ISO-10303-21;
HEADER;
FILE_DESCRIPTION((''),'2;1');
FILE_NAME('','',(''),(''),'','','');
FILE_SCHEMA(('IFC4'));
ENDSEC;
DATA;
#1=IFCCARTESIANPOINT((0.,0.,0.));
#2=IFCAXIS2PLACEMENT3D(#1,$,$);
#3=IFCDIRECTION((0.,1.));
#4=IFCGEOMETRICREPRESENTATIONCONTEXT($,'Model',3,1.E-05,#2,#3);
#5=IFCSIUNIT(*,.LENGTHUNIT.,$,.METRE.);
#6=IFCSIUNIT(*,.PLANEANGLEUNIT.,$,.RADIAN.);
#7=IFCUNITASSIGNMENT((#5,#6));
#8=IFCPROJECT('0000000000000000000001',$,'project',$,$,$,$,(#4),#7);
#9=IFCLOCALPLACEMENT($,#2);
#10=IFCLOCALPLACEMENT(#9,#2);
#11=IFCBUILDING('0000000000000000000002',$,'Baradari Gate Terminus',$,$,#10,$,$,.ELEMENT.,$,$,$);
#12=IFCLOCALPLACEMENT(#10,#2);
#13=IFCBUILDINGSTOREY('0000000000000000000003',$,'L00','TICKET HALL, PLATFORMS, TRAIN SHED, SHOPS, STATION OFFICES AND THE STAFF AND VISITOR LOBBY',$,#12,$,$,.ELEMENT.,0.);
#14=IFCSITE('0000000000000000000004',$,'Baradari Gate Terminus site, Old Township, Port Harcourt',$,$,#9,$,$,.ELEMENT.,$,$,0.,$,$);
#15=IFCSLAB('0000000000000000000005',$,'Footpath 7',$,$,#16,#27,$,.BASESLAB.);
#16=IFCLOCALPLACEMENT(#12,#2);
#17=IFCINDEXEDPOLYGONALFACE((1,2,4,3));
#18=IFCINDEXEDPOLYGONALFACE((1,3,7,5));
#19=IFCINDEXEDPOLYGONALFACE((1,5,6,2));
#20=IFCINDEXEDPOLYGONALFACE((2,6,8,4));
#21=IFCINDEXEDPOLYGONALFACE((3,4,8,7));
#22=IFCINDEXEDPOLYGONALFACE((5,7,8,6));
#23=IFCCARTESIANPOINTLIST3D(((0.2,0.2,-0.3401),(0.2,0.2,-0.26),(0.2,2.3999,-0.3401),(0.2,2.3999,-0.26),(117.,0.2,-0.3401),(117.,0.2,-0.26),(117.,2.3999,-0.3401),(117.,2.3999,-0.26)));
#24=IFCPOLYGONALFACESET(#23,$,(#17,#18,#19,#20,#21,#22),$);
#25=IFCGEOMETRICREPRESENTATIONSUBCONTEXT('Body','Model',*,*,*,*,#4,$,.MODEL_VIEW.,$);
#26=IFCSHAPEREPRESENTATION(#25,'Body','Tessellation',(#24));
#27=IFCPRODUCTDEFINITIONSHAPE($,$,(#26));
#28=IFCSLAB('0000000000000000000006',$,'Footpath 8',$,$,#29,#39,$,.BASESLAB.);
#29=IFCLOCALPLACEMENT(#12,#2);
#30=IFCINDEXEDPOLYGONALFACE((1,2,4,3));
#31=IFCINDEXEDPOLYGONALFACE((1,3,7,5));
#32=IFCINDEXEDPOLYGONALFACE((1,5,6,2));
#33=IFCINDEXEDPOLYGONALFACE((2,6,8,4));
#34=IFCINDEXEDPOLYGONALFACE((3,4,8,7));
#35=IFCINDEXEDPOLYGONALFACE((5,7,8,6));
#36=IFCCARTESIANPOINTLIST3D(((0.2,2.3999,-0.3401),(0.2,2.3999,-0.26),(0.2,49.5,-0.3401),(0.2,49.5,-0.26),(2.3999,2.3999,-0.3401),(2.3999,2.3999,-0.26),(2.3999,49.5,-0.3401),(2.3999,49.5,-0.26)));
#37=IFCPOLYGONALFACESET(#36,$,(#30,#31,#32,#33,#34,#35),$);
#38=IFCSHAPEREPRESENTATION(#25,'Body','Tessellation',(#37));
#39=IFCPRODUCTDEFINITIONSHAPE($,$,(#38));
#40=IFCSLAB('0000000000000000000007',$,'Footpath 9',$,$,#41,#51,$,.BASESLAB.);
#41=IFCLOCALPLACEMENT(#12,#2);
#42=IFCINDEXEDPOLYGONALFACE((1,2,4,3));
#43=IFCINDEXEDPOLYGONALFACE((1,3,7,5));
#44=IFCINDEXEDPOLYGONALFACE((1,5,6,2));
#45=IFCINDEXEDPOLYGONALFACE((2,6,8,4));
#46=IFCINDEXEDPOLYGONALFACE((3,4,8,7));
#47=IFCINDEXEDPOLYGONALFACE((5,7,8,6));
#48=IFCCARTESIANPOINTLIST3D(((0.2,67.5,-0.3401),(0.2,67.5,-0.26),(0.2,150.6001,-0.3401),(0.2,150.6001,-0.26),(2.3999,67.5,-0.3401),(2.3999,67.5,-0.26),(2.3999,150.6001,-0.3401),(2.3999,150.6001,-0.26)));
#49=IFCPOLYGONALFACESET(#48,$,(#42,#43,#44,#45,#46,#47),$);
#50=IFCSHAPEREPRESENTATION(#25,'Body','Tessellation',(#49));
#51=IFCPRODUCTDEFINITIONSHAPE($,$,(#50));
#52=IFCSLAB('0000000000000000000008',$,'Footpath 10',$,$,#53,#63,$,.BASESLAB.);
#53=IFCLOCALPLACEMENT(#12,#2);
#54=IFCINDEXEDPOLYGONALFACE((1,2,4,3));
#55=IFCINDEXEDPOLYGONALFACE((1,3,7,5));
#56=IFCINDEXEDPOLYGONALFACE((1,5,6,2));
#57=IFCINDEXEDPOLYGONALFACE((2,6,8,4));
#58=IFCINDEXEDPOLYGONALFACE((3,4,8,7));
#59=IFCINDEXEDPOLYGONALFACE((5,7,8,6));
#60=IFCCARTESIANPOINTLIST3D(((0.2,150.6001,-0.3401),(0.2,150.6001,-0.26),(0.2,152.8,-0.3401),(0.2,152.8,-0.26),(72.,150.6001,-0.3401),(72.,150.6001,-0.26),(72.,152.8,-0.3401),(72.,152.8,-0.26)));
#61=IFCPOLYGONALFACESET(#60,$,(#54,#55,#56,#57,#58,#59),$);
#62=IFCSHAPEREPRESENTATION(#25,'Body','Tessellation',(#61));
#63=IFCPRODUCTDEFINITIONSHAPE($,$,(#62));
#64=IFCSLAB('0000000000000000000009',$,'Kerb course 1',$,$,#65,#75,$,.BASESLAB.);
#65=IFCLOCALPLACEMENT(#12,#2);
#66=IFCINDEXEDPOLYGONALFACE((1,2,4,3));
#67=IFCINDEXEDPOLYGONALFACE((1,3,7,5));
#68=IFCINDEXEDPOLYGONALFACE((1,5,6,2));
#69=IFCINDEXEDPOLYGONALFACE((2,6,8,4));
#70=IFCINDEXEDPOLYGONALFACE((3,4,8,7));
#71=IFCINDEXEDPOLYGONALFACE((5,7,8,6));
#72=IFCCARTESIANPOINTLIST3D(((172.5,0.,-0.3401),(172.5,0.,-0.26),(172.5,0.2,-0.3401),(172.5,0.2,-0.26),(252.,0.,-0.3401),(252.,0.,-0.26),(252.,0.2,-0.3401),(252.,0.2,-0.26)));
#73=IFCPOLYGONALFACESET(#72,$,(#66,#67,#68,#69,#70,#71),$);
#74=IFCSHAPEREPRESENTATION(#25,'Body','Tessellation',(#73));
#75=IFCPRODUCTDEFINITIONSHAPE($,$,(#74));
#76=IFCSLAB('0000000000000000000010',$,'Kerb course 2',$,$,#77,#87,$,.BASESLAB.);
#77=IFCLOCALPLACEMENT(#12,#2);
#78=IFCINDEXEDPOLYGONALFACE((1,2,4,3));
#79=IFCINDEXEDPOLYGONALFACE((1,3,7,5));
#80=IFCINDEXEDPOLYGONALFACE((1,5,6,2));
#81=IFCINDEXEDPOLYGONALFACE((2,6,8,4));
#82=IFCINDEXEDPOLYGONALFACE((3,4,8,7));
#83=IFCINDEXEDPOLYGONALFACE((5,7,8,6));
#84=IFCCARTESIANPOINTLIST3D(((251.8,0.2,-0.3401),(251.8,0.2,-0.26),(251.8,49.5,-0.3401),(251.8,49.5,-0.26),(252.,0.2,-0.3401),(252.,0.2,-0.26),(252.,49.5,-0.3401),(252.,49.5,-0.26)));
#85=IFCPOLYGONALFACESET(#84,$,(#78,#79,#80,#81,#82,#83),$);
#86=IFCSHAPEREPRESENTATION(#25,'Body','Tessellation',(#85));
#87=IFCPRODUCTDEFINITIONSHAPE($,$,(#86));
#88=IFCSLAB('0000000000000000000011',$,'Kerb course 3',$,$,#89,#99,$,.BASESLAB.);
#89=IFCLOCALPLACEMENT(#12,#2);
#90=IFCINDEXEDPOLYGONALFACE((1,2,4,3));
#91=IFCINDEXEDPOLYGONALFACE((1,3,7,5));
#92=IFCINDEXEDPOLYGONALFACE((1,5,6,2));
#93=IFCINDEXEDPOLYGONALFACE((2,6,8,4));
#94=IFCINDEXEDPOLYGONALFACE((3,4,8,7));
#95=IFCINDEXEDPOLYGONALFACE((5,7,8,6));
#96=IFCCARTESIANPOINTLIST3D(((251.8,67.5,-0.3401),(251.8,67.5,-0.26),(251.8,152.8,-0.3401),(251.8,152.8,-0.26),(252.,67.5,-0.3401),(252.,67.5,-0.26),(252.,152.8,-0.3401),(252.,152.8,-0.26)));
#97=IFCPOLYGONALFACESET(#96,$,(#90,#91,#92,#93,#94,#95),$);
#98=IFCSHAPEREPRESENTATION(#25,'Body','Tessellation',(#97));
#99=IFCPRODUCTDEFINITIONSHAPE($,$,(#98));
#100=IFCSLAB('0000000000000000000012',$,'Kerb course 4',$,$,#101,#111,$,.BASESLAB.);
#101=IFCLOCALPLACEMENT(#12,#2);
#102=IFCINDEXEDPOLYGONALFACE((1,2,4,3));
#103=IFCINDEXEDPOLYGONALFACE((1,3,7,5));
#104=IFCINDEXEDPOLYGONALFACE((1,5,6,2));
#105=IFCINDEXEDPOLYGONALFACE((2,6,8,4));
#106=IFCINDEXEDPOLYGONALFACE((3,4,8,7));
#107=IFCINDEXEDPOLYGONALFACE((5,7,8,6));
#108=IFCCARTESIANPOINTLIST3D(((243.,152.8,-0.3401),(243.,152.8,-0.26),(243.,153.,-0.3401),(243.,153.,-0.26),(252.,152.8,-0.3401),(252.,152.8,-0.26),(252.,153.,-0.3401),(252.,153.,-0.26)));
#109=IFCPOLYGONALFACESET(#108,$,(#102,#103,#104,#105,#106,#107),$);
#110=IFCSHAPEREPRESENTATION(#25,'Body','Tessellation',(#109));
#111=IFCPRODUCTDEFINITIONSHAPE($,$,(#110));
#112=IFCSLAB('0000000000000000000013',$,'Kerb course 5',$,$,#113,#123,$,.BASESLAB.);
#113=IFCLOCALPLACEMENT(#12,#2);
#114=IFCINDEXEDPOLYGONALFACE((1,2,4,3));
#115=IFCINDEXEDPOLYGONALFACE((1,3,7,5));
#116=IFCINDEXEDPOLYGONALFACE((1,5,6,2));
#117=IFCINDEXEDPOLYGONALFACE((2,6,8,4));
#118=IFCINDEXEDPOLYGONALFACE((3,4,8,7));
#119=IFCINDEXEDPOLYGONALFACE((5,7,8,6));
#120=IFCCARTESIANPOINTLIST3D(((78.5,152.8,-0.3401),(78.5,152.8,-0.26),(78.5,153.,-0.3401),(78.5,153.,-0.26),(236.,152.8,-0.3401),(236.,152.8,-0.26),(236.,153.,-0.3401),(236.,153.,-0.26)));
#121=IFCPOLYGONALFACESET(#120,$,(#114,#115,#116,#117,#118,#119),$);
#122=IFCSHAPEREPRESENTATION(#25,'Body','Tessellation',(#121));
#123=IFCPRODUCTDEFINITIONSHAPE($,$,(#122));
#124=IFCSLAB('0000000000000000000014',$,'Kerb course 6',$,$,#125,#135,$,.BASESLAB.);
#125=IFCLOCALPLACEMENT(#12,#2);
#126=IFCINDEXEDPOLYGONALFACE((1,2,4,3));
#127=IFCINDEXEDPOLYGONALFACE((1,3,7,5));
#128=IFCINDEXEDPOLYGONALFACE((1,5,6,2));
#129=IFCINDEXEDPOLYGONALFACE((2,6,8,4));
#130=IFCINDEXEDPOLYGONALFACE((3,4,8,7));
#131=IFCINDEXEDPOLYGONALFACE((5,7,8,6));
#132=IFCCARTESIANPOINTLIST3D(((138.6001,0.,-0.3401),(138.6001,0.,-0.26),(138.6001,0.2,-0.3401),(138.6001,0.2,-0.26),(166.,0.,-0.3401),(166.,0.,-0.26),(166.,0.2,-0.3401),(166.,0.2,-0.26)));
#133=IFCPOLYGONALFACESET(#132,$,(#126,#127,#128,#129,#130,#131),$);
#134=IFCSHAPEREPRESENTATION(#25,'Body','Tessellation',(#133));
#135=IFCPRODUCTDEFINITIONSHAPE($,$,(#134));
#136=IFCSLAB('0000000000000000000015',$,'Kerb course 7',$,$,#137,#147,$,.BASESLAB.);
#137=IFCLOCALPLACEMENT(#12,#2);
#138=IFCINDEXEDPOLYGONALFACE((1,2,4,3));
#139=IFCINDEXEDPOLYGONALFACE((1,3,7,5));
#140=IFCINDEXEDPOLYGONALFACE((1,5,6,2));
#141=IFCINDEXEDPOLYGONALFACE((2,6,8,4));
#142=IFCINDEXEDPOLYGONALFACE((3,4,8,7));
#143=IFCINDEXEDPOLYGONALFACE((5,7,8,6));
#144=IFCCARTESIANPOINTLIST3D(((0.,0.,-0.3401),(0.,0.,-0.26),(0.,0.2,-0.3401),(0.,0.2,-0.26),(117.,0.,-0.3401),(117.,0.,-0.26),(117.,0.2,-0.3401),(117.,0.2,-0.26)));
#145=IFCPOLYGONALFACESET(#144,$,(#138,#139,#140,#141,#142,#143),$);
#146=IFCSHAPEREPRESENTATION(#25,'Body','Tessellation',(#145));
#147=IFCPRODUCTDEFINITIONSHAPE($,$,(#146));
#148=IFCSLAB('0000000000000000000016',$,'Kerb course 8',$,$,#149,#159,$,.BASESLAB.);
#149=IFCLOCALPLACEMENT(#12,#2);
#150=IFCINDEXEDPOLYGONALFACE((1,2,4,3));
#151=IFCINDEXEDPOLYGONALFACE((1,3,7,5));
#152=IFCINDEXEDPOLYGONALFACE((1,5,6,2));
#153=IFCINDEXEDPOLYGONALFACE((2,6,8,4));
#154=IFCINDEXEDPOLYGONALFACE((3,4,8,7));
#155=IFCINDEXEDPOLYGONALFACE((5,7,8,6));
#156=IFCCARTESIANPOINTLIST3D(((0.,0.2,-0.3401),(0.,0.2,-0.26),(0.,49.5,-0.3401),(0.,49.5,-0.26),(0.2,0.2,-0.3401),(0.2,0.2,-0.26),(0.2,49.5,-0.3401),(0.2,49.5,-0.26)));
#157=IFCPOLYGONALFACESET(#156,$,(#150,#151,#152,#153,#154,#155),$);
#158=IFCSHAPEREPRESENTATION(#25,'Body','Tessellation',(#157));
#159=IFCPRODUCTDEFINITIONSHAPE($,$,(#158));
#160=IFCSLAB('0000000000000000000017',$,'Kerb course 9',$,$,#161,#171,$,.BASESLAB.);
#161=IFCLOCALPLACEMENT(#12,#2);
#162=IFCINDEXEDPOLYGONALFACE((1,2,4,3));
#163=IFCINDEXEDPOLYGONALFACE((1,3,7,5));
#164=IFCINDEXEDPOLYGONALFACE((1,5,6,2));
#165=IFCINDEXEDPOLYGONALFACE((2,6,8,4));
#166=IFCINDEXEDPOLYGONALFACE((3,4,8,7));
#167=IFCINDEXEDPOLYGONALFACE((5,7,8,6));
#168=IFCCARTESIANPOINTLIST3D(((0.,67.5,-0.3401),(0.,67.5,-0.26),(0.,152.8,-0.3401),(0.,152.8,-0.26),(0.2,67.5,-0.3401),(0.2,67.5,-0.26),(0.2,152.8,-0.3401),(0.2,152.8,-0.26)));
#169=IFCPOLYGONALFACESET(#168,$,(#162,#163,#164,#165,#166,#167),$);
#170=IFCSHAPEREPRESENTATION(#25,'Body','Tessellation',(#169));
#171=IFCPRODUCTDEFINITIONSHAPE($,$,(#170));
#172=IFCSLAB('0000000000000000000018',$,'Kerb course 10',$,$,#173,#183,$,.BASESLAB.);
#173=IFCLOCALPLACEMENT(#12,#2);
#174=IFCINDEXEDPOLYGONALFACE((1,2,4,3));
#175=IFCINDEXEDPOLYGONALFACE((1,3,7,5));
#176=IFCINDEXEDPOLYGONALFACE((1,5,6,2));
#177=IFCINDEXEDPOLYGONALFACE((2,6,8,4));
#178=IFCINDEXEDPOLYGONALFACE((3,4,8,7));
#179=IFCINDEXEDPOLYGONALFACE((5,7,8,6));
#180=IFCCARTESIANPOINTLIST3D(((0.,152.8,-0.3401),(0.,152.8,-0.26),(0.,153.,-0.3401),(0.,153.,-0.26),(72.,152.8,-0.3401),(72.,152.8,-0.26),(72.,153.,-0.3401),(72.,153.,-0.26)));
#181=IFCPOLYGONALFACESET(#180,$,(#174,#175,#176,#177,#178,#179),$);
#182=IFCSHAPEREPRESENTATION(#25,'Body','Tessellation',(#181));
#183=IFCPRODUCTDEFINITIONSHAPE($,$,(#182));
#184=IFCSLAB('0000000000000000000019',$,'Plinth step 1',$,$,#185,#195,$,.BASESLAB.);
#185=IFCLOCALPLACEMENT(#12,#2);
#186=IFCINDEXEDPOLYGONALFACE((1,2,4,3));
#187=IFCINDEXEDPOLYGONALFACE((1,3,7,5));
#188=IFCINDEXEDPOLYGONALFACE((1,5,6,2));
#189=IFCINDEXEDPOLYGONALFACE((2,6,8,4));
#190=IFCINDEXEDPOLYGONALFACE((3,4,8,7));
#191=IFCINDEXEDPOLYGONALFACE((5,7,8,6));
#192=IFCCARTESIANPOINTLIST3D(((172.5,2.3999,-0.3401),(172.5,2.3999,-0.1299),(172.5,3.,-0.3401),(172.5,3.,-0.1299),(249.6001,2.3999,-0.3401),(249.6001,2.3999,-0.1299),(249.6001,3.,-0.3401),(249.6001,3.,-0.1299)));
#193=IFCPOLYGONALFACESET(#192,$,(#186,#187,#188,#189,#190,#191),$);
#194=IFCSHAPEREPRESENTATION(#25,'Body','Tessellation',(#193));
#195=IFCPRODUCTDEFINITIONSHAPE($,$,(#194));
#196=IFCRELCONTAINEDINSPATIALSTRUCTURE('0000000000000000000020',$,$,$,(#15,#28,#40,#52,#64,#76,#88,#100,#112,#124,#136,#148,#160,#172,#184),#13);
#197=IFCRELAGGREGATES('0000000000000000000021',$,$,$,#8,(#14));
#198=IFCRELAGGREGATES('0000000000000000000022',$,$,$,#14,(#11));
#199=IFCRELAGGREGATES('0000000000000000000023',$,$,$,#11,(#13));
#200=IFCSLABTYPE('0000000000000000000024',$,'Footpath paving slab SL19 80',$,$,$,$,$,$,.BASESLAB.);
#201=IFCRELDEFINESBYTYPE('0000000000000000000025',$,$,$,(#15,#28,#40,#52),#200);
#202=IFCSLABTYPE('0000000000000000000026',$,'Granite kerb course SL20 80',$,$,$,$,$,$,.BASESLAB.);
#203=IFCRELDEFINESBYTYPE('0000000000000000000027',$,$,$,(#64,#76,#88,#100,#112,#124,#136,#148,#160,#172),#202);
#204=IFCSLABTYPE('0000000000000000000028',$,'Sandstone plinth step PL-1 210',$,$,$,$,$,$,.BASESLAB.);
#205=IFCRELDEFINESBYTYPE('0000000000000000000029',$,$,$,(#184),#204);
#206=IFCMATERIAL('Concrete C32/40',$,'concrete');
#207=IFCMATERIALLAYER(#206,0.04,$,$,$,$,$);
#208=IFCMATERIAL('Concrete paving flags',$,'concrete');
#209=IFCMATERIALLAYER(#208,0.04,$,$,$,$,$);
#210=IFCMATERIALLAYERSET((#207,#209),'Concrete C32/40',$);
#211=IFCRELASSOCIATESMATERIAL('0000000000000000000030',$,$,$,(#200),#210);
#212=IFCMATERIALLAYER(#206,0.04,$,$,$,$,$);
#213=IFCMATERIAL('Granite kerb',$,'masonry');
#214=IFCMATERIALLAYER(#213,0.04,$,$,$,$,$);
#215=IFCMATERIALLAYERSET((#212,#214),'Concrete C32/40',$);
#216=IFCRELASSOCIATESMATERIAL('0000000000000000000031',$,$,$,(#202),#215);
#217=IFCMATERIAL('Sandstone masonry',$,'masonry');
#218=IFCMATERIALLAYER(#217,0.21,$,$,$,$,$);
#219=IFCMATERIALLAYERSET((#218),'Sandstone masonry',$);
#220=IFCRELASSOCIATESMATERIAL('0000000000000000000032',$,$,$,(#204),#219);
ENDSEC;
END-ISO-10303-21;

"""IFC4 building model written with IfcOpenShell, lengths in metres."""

from ifc_helpers import new_model, si_unit, direction, frame, origin, place, context, subcontext, project, spatial, polyline, outline, extrude, material, layer, layer_set, type_object, element, save


model = new_model("IFC4")

# Units and contexts
model_context = context("Model", 3, precision=1e-05, world=origin(), true_north=direction((0.0, 1.0)))
body_context = subcontext(model_context, "Body", "Model", "MODEL_VIEW")
ifc_project = project(units=[si_unit("LENGTHUNIT", "METRE"), si_unit("PLANEANGLEUNIT", "RADIAN")], contexts=[model_context])

# Site, building, storey
site_placement = place(None, origin())
site = spatial("IfcSite", under=ifc_project, at=site_placement, Name="Baradari Gate Terminus site, Old Township, Port Harcourt", CompositionType="ELEMENT", RefElevation=0.0)
building_placement = place(site_placement, origin())
building = spatial("IfcBuilding", under=site, at=building_placement, Name="Baradari Gate Terminus", CompositionType="ELEMENT")
storey_placement = place(building_placement, origin())
storey = spatial("IfcBuildingStorey", under=building, at=storey_placement, Name="L00", Description="TICKET HALL, PLATFORMS, TRAIN SHED, SHOPS, STATION OFFICES AND THE STAFF AND VISITOR LOBBY", CompositionType="ELEMENT", Elevation=0.0)

# Slabs
ifc_material_1 = material(Name="Concrete C32/40", Category="concrete")
ifc_layer_1 = layer(ifc_material_1, 0.04)
ifc_material_2 = material(Name="Concrete paving flags", Category="concrete")
ifc_layer_2 = layer(ifc_material_2, 0.04)
ifc_layer_set_1 = layer_set([ifc_layer_1, ifc_layer_2], Name="Concrete C32/40")
slab_type_1 = type_object("IfcSlabType", Name="Footpath paving slab SL19 80", PredefinedType="BASESLAB", material=ifc_layer_set_1)
slab_1_placement = place(storey_placement, frame((0.0, 0.0, -0.3401)))
element("IfcSlab", 1, at=slab_1_placement, inside=storey, type_object=slab_type_1, Name="Footpath 7", PredefinedType="BASESLAB", context=body_context, shape_type="SweptSolid", body=[
    extrude(outline(polyline([(117.0, 0.2), (117.0, 2.3999), (0.2, 2.3999), (0.2, 0.2), (117.0, 0.2)])), origin(), (0.0, 0.0, 1.0), 0.0801),
])
slab_2_placement = place(storey_placement, frame((0.0, 0.0, -0.3401)))
element("IfcSlab", 2, at=slab_2_placement, inside=storey, type_object=slab_type_1, Name="Footpath 8", PredefinedType="BASESLAB", context=body_context, shape_type="SweptSolid", body=[
    extrude(outline(polyline([(2.3999, 2.3999), (2.3999, 49.5), (0.2, 49.5), (0.2, 2.3999), (2.3999, 2.3999)])), origin(), (0.0, 0.0, 1.0), 0.0801),
])
slab_3_placement = place(storey_placement, frame((0.0, 0.0, -0.3401)))
element("IfcSlab", 3, at=slab_3_placement, inside=storey, type_object=slab_type_1, Name="Footpath 9", PredefinedType="BASESLAB", context=body_context, shape_type="SweptSolid", body=[
    extrude(outline(polyline([(2.3999, 67.5), (2.3999, 150.6001), (0.2, 150.6001), (0.2, 67.5), (2.3999, 67.5)])), origin(), (0.0, 0.0, 1.0), 0.0801),
])
slab_4_placement = place(storey_placement, frame((0.0, 0.0, -0.3401)))
element("IfcSlab", 4, at=slab_4_placement, inside=storey, type_object=slab_type_1, Name="Footpath 10", PredefinedType="BASESLAB", context=body_context, shape_type="SweptSolid", body=[
    extrude(outline(polyline([(72.0, 150.6001), (72.0, 152.8), (0.2, 152.8), (0.2, 150.6001), (72.0, 150.6001)])), origin(), (0.0, 0.0, 1.0), 0.0801),
])
ifc_layer_3 = layer(ifc_material_1, 0.04)
ifc_material_3 = material(Name="Granite kerb", Category="masonry")
ifc_layer_4 = layer(ifc_material_3, 0.04)
ifc_layer_set_2 = layer_set([ifc_layer_3, ifc_layer_4], Name="Concrete C32/40")
slab_type_2 = type_object("IfcSlabType", Name="Granite kerb course SL20 80", PredefinedType="BASESLAB", material=ifc_layer_set_2)
slab_5_placement = place(storey_placement, frame((0.0, 0.0, -0.3401)))
element("IfcSlab", 5, at=slab_5_placement, inside=storey, type_object=slab_type_2, Name="Kerb course 1", PredefinedType="BASESLAB", context=body_context, shape_type="SweptSolid", body=[
    extrude(outline(polyline([(252.0, 0.0), (252.0, 0.2), (172.5, 0.2), (172.5, 0.0), (252.0, 0.0)])), origin(), (0.0, 0.0, 1.0), 0.0801),
])
slab_6_placement = place(storey_placement, frame((0.0, 0.0, -0.3401)))
element("IfcSlab", 6, at=slab_6_placement, inside=storey, type_object=slab_type_2, Name="Kerb course 2", PredefinedType="BASESLAB", context=body_context, shape_type="SweptSolid", body=[
    extrude(outline(polyline([(252.0, 0.2), (252.0, 49.5), (251.8, 49.5), (251.8, 0.2), (252.0, 0.2)])), origin(), (0.0, 0.0, 1.0), 0.0801),
])
slab_7_placement = place(storey_placement, frame((0.0, 0.0, -0.3401)))
element("IfcSlab", 7, at=slab_7_placement, inside=storey, type_object=slab_type_2, Name="Kerb course 3", PredefinedType="BASESLAB", context=body_context, shape_type="SweptSolid", body=[
    extrude(outline(polyline([(252.0, 67.5), (252.0, 152.8), (251.8, 152.8), (251.8, 67.5), (252.0, 67.5)])), origin(), (0.0, 0.0, 1.0), 0.0801),
])
slab_8_placement = place(storey_placement, frame((0.0, 0.0, -0.3401)))
element("IfcSlab", 8, at=slab_8_placement, inside=storey, type_object=slab_type_2, Name="Kerb course 4", PredefinedType="BASESLAB", context=body_context, shape_type="SweptSolid", body=[
    extrude(outline(polyline([(252.0, 152.8), (252.0, 153.0), (243.0, 153.0), (243.0, 152.8), (252.0, 152.8)])), origin(), (0.0, 0.0, 1.0), 0.0801),
])
slab_9_placement = place(storey_placement, frame((0.0, 0.0, -0.3401)))
element("IfcSlab", 9, at=slab_9_placement, inside=storey, type_object=slab_type_2, Name="Kerb course 5", PredefinedType="BASESLAB", context=body_context, shape_type="SweptSolid", body=[
    extrude(outline(polyline([(236.0, 152.8), (236.0, 153.0), (78.5, 153.0), (78.5, 152.8), (236.0, 152.8)])), origin(), (0.0, 0.0, 1.0), 0.0801),
])
slab_10_placement = place(storey_placement, frame((0.0, 0.0, -0.3401)))
element("IfcSlab", 10, at=slab_10_placement, inside=storey, type_object=slab_type_2, Name="Kerb course 6", PredefinedType="BASESLAB", context=body_context, shape_type="SweptSolid", body=[
    extrude(outline(polyline([(166.0, 0.0), (166.0, 0.2), (138.6001, 0.2), (138.6001, 0.0), (166.0, 0.0)])), origin(), (0.0, 0.0, 1.0), 0.0801),
])
slab_11_placement = place(storey_placement, frame((0.0, 0.0, -0.3401)))
element("IfcSlab", 11, at=slab_11_placement, inside=storey, type_object=slab_type_2, Name="Kerb course 7", PredefinedType="BASESLAB", context=body_context, shape_type="SweptSolid", body=[
    extrude(outline(polyline([(117.0, 0.0), (117.0, 0.2), (0.0, 0.2), (0.0, 0.0), (117.0, 0.0)])), origin(), (0.0, 0.0, 1.0), 0.0801),
])
slab_12_placement = place(storey_placement, frame((0.0, 0.0, -0.3401)))
element("IfcSlab", 12, at=slab_12_placement, inside=storey, type_object=slab_type_2, Name="Kerb course 8", PredefinedType="BASESLAB", context=body_context, shape_type="SweptSolid", body=[
    extrude(outline(polyline([(0.2, 0.2), (0.2, 49.5), (0.0, 49.5), (0.0, 0.2), (0.2, 0.2)])), origin(), (0.0, 0.0, 1.0), 0.0801),
])
slab_13_placement = place(storey_placement, frame((0.0, 0.0, -0.3401)))
element("IfcSlab", 13, at=slab_13_placement, inside=storey, type_object=slab_type_2, Name="Kerb course 9", PredefinedType="BASESLAB", context=body_context, shape_type="SweptSolid", body=[
    extrude(outline(polyline([(0.2, 67.5), (0.2, 152.8), (0.0, 152.8), (0.0, 67.5), (0.2, 67.5)])), origin(), (0.0, 0.0, 1.0), 0.0801),
])
slab_14_placement = place(storey_placement, frame((0.0, 0.0, -0.3401)))
element("IfcSlab", 14, at=slab_14_placement, inside=storey, type_object=slab_type_2, Name="Kerb course 10", PredefinedType="BASESLAB", context=body_context, shape_type="SweptSolid", body=[
    extrude(outline(polyline([(72.0, 152.8), (72.0, 153.0), (0.0, 153.0), (0.0, 152.8), (72.0, 152.8)])), origin(), (0.0, 0.0, 1.0), 0.0801),
])
ifc_material_4 = material(Name="Sandstone masonry", Category="masonry")
ifc_layer_5 = layer(ifc_material_4, 0.21)
ifc_layer_set_3 = layer_set([ifc_layer_5], Name="Sandstone masonry")
slab_type_3 = type_object("IfcSlabType", Name="Sandstone plinth step PL-1 210", PredefinedType="BASESLAB", material=ifc_layer_set_3)
slab_15_placement = place(storey_placement, frame((0.0, 0.0, -0.3401)))
element("IfcSlab", 15, at=slab_15_placement, inside=storey, type_object=slab_type_3, Name="Plinth step 1", PredefinedType="BASESLAB", context=body_context, shape_type="SweptSolid", body=[
    extrude(outline(polyline([(249.6001, 2.3999), (249.6001, 3.0), (172.5, 3.0), (172.5, 2.3999), (249.6001, 2.3999)])), origin(), (0.0, 0.0, 1.0), 0.2102),
])

save(model, "model.ifc")
